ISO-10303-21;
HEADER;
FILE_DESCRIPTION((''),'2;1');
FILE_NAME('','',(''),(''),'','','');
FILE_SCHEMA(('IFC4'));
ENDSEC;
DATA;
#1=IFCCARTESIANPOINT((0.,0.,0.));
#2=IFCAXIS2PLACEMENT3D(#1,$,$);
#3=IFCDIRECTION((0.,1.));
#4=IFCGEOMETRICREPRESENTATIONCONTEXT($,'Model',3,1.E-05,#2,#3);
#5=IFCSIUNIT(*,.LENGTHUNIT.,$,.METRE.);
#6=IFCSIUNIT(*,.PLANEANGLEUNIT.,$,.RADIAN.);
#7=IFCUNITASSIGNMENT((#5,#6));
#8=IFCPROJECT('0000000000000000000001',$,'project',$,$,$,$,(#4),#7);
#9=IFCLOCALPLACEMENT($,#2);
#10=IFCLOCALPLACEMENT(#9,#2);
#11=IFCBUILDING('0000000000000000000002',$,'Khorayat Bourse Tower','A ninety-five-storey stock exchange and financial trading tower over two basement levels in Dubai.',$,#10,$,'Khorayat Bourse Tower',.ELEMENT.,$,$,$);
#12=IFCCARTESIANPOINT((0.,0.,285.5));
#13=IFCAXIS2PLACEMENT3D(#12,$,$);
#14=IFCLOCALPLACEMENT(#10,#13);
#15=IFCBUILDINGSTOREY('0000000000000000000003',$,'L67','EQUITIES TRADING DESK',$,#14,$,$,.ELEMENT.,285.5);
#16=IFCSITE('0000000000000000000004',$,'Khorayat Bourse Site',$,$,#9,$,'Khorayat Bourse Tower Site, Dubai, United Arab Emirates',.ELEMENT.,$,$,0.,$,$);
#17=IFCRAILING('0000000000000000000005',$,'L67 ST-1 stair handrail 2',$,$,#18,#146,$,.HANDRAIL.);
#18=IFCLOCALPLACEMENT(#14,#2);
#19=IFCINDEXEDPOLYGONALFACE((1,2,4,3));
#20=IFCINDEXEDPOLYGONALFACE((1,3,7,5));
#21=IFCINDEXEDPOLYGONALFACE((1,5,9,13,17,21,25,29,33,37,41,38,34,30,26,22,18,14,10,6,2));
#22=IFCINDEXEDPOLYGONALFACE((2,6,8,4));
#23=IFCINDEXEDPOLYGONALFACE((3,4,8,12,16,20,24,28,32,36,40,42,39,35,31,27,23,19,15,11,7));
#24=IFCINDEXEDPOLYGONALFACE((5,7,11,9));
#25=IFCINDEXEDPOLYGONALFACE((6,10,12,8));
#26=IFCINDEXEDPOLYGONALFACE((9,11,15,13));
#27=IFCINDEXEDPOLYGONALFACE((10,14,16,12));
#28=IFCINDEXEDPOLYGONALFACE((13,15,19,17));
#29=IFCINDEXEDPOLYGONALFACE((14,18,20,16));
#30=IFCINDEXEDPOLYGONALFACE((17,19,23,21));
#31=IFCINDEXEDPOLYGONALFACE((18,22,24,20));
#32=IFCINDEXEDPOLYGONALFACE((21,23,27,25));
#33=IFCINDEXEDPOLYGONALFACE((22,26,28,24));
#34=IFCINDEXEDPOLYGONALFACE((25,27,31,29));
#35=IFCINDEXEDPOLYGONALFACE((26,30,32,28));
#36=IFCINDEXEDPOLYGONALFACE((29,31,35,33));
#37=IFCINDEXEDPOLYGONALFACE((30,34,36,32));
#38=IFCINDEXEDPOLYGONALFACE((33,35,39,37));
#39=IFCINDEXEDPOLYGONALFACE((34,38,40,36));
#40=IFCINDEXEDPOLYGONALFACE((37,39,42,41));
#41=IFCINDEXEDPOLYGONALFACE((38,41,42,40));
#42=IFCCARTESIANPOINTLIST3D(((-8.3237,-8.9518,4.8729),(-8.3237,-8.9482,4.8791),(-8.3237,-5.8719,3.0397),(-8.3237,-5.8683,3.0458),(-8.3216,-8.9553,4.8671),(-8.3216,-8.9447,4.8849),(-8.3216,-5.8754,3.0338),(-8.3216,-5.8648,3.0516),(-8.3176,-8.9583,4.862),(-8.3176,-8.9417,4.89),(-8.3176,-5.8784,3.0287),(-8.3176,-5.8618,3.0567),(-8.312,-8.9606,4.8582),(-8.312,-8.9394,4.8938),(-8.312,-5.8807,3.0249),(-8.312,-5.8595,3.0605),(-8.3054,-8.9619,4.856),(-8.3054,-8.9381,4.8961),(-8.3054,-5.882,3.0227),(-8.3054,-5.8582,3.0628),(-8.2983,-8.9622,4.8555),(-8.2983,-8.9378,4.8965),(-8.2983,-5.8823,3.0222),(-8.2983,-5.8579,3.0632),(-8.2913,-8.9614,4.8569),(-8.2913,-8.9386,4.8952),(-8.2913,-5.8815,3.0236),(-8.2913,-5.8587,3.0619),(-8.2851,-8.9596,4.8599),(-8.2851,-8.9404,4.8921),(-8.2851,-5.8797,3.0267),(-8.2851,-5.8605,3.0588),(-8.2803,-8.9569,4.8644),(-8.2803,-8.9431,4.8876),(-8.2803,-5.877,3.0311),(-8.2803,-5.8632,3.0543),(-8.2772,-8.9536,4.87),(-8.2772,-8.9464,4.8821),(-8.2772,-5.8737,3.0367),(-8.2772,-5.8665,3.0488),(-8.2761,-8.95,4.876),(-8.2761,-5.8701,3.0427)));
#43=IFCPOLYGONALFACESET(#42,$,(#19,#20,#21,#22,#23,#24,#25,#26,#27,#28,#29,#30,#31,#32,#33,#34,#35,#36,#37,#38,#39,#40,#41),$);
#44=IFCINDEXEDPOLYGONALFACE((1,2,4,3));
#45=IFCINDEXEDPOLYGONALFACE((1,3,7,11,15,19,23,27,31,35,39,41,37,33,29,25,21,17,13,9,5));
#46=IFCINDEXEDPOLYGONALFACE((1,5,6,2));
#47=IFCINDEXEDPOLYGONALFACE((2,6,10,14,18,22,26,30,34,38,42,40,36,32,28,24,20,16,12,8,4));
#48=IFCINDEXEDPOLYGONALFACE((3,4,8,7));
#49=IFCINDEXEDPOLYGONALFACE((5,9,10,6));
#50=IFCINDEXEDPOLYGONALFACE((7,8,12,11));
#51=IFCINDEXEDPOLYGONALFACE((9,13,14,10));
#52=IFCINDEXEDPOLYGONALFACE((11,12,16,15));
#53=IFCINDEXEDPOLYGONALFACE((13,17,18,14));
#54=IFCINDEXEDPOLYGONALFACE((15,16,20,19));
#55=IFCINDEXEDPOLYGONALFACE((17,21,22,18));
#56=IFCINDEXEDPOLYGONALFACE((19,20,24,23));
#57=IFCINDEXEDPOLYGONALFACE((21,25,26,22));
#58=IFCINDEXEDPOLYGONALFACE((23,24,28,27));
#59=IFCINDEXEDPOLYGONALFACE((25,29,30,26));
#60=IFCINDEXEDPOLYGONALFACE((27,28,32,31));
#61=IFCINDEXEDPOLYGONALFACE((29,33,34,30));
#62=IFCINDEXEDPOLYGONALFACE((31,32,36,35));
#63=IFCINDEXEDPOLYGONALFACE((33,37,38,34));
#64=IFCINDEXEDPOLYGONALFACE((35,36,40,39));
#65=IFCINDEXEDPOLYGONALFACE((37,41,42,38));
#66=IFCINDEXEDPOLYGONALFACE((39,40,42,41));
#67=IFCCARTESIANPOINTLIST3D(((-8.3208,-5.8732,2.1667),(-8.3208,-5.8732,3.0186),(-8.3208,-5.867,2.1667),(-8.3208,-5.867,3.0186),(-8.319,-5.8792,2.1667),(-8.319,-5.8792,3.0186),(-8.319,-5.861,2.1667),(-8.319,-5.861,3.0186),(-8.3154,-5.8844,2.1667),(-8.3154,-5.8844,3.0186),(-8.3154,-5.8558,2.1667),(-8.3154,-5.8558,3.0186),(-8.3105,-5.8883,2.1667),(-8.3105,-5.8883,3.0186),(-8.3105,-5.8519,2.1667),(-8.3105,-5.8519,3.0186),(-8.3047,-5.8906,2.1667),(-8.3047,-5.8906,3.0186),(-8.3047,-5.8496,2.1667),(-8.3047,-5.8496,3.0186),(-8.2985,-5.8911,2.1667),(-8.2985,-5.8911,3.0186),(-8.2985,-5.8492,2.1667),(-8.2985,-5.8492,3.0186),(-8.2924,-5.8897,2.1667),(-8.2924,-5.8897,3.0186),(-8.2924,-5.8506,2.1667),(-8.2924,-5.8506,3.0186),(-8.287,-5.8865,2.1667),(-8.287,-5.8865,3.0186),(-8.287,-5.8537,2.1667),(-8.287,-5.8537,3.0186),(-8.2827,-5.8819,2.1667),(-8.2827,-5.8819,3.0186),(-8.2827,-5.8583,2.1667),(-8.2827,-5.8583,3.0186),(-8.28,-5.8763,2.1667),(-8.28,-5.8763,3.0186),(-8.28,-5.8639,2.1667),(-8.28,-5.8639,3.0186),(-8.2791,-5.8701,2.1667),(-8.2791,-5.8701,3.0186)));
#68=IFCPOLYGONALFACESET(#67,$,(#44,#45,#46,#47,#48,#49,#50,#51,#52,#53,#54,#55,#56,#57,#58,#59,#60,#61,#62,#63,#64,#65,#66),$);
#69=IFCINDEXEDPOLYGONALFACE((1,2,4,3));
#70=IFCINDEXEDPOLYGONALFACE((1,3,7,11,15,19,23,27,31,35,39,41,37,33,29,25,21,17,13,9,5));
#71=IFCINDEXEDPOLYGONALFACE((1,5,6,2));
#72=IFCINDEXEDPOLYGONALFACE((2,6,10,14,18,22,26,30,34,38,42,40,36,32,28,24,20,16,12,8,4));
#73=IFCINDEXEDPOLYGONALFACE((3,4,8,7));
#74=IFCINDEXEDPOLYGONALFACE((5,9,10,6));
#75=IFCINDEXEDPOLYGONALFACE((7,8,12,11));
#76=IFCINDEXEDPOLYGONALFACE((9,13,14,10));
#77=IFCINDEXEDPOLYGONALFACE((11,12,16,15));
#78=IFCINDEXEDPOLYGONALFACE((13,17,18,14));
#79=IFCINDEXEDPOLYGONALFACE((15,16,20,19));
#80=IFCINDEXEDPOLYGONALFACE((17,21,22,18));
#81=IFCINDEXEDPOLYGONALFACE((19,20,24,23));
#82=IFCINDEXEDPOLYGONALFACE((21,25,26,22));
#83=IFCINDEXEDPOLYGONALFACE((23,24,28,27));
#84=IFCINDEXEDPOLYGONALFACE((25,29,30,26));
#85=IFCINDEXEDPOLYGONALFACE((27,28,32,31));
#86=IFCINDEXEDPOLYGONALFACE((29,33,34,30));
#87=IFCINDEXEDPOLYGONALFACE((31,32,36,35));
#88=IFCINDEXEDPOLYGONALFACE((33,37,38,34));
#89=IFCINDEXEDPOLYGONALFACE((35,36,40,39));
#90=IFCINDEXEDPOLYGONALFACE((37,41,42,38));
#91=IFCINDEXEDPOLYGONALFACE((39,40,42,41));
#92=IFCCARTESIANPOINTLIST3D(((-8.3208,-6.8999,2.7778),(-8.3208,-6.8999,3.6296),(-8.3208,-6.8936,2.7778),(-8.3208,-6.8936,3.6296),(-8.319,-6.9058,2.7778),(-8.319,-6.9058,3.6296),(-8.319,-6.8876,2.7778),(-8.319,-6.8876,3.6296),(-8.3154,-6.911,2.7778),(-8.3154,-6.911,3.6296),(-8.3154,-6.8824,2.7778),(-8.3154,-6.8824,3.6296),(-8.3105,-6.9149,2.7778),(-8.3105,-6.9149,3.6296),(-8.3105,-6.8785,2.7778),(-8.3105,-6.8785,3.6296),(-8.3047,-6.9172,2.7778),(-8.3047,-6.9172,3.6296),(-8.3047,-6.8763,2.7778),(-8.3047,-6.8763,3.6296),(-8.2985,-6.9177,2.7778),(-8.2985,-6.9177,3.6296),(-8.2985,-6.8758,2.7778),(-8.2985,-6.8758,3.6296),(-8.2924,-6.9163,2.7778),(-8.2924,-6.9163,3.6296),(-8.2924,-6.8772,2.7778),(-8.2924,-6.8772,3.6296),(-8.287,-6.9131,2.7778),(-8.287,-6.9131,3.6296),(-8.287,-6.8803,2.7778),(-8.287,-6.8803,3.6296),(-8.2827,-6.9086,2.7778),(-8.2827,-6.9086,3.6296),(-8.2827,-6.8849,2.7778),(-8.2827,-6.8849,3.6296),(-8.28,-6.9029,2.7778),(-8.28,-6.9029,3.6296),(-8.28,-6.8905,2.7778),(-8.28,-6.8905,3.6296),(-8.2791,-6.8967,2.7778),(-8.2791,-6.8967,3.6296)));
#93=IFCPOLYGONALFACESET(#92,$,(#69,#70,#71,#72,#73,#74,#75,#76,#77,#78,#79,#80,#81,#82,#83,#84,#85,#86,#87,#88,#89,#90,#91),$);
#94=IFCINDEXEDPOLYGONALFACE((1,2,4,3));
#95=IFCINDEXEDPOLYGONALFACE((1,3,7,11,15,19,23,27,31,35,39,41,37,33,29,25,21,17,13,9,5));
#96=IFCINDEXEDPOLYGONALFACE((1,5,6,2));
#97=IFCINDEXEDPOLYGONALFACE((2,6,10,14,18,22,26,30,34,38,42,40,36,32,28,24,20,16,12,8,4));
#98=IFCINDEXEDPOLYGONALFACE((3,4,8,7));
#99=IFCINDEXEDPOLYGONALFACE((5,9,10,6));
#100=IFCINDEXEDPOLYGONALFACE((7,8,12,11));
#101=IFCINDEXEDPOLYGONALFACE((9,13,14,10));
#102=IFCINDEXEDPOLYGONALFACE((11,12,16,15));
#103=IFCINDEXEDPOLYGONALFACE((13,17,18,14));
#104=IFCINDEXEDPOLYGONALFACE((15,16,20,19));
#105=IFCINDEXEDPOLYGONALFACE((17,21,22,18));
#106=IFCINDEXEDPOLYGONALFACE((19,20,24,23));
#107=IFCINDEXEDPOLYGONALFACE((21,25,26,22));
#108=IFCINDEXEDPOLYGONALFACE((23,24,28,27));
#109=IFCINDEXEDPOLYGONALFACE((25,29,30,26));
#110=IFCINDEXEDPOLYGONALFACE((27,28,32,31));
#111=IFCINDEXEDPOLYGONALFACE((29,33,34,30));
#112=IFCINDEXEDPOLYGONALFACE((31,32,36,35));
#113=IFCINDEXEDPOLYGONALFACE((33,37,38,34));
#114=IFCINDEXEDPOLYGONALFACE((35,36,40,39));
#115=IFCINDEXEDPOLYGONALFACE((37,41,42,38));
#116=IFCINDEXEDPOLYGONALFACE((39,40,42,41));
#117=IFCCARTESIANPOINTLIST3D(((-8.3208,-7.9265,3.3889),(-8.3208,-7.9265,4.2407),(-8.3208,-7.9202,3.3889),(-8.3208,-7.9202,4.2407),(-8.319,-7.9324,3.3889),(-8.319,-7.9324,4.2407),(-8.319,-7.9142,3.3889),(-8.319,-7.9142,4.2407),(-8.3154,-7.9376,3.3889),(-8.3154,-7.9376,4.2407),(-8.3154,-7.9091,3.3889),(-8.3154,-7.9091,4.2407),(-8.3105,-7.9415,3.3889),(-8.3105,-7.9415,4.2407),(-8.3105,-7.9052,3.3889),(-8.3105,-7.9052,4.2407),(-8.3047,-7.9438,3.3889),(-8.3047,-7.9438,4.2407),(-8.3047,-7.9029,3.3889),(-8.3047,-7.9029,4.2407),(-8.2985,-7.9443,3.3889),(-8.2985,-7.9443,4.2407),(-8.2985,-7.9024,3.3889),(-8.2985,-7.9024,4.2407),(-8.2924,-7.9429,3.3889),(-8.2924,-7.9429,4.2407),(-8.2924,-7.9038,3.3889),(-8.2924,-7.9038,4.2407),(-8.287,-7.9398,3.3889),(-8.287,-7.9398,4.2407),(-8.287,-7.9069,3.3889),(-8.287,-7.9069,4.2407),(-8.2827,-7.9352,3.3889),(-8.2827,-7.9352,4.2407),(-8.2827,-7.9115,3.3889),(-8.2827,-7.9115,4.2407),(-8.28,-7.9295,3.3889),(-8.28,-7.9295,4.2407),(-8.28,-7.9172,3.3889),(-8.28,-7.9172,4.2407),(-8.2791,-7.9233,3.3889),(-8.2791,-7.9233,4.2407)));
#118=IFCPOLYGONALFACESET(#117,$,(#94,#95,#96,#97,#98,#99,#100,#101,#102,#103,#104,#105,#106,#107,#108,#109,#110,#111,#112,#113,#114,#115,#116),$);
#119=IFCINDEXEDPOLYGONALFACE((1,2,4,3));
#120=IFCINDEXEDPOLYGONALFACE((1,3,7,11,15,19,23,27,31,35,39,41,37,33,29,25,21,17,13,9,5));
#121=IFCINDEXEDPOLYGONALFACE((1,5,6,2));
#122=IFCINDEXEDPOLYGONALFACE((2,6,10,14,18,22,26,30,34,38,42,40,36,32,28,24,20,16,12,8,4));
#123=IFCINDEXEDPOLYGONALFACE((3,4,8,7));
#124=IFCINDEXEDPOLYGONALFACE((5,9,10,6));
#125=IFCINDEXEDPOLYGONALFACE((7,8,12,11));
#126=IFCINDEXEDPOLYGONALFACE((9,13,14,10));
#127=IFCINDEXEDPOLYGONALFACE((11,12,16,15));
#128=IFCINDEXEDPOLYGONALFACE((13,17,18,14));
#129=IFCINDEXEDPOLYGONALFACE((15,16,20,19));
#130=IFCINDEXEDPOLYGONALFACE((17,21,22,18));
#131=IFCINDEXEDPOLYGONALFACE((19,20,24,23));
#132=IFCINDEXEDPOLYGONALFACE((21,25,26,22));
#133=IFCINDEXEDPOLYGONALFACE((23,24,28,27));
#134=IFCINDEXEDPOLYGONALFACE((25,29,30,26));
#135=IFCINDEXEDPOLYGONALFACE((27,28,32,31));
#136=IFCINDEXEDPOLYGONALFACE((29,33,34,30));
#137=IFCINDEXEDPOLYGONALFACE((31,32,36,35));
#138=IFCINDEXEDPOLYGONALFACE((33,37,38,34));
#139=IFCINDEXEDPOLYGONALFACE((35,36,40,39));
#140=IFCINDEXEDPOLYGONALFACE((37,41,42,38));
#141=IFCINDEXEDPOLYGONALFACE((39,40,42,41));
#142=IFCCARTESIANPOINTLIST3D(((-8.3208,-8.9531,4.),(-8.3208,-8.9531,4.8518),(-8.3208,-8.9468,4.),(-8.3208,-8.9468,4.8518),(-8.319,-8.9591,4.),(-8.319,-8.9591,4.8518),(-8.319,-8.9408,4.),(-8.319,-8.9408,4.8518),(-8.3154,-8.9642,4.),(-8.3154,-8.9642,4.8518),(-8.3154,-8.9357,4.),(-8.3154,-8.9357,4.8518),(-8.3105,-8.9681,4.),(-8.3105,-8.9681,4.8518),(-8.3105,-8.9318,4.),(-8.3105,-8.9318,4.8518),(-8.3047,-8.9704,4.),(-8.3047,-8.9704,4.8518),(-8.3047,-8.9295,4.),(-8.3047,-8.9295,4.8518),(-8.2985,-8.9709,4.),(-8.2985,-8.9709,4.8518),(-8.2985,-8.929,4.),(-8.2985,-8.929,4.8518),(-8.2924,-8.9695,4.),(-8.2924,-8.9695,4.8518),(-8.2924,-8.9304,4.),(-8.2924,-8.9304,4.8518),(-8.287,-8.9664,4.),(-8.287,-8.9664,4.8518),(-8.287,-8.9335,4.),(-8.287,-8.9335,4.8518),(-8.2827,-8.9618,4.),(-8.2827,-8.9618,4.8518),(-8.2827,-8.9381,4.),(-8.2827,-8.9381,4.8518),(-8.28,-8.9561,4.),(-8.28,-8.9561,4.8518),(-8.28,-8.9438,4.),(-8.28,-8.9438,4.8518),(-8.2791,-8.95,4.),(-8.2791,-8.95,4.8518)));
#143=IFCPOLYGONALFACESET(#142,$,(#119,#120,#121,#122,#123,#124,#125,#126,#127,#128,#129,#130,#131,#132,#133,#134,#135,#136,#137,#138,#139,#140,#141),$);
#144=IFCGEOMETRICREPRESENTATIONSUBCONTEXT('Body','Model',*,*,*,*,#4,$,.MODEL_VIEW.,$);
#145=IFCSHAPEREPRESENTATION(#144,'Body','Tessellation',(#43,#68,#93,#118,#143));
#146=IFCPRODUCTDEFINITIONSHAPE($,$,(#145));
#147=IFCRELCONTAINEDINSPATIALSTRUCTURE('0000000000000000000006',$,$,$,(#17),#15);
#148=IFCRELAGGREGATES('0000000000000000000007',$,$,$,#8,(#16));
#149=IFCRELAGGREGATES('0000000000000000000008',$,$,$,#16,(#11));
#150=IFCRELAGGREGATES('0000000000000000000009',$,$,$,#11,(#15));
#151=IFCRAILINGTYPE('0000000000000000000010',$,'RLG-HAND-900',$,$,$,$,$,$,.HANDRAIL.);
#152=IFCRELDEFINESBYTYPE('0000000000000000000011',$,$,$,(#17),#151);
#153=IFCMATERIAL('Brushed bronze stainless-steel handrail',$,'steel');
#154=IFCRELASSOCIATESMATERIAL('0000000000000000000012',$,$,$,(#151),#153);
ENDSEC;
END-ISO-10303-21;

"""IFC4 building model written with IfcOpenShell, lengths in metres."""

from ifc_helpers import new_model, si_unit, direction, frame, origin, origin_2d, place, context, subcontext, project, spatial, circle, extrude, source, transform, mapped, material, type_object, element, save


model = new_model("IFC4")

# Units and contexts
model_context = context("Model", 3, precision=1e-05, world=origin(), true_north=direction((0.0, 1.0)))
body_context = subcontext(model_context, "Body", "Model", "MODEL_VIEW")
ifc_project = project(units=[si_unit("LENGTHUNIT", "METRE"), si_unit("PLANEANGLEUNIT", "RADIAN")], contexts=[model_context])

# Site, building, storey
site_placement = place(None, origin())
site = spatial("IfcSite", under=ifc_project, at=site_placement, Name="Khorayat Bourse Site", LongName="Khorayat Bourse Tower Site, Dubai, United Arab Emirates", CompositionType="ELEMENT", RefElevation=0.0)
building_placement = place(site_placement, origin())
building = spatial("IfcBuilding", under=site, at=building_placement, Name="Khorayat Bourse Tower", Description="A ninety-five-storey stock exchange and financial trading tower over two basement levels in Dubai.", LongName="Khorayat Bourse Tower", CompositionType="ELEMENT")
storey_placement = place(building_placement, frame((0.0, 0.0, 285.5)))
storey = spatial("IfcBuildingStorey", under=building, at=storey_placement, Name="L67", Description="EQUITIES TRADING DESK", CompositionType="ELEMENT", Elevation=285.5)

# Railing
ifc_material_1 = material(Name="Brushed bronze stainless-steel handrail", Category="steel")
railing_type_1 = type_object("IfcRailingType", Name="RLG-HAND-900", PredefinedType="HANDRAIL", material=ifc_material_1)
shared_shape_1 = source(origin(), body_context, "Body", "SweptSolid", [
    extrude(circle(Radius=0.0239, at=origin_2d()), frame((0.0, 0.0, 0.876), z_axis=(0.0, -0.859291, 0.511487), x_axis=(1.0, 0.0, 0.0)), (0.0, 0.0, 1.0), 3.5842),
    extrude(circle(Radius=0.021, at=origin_2d()), origin(), (0.0, 0.0, 1.0), 0.8518),
    extrude(circle(Radius=0.021, at=origin_2d()), frame((0.0, -1.0266, 0.6111)), (0.0, 0.0, 1.0), 0.8518),
    extrude(circle(Radius=0.021, at=origin_2d()), frame((0.0, -2.0532, 1.2222)), (0.0, 0.0, 1.0), 0.8518),
    extrude(circle(Radius=0.021, at=origin_2d()), frame((0.0, -3.0798, 1.8333)), (0.0, 0.0, 1.0), 0.8518),
])
railing_1_placement = place(storey_placement, frame((-8.3, -5.8701, 2.1667)))
element("IfcRailing", 1, at=railing_1_placement, inside=storey, type_object=railing_type_1, Name="L67 ST-1 stair handrail 2", PredefinedType="HANDRAIL", context=body_context, shape_type="MappedRepresentation", body=[
    mapped(shared_shape_1, transform((0.0, 0.0, 0.0), scale=1.0)),
])

save(model, "model.ifc")
